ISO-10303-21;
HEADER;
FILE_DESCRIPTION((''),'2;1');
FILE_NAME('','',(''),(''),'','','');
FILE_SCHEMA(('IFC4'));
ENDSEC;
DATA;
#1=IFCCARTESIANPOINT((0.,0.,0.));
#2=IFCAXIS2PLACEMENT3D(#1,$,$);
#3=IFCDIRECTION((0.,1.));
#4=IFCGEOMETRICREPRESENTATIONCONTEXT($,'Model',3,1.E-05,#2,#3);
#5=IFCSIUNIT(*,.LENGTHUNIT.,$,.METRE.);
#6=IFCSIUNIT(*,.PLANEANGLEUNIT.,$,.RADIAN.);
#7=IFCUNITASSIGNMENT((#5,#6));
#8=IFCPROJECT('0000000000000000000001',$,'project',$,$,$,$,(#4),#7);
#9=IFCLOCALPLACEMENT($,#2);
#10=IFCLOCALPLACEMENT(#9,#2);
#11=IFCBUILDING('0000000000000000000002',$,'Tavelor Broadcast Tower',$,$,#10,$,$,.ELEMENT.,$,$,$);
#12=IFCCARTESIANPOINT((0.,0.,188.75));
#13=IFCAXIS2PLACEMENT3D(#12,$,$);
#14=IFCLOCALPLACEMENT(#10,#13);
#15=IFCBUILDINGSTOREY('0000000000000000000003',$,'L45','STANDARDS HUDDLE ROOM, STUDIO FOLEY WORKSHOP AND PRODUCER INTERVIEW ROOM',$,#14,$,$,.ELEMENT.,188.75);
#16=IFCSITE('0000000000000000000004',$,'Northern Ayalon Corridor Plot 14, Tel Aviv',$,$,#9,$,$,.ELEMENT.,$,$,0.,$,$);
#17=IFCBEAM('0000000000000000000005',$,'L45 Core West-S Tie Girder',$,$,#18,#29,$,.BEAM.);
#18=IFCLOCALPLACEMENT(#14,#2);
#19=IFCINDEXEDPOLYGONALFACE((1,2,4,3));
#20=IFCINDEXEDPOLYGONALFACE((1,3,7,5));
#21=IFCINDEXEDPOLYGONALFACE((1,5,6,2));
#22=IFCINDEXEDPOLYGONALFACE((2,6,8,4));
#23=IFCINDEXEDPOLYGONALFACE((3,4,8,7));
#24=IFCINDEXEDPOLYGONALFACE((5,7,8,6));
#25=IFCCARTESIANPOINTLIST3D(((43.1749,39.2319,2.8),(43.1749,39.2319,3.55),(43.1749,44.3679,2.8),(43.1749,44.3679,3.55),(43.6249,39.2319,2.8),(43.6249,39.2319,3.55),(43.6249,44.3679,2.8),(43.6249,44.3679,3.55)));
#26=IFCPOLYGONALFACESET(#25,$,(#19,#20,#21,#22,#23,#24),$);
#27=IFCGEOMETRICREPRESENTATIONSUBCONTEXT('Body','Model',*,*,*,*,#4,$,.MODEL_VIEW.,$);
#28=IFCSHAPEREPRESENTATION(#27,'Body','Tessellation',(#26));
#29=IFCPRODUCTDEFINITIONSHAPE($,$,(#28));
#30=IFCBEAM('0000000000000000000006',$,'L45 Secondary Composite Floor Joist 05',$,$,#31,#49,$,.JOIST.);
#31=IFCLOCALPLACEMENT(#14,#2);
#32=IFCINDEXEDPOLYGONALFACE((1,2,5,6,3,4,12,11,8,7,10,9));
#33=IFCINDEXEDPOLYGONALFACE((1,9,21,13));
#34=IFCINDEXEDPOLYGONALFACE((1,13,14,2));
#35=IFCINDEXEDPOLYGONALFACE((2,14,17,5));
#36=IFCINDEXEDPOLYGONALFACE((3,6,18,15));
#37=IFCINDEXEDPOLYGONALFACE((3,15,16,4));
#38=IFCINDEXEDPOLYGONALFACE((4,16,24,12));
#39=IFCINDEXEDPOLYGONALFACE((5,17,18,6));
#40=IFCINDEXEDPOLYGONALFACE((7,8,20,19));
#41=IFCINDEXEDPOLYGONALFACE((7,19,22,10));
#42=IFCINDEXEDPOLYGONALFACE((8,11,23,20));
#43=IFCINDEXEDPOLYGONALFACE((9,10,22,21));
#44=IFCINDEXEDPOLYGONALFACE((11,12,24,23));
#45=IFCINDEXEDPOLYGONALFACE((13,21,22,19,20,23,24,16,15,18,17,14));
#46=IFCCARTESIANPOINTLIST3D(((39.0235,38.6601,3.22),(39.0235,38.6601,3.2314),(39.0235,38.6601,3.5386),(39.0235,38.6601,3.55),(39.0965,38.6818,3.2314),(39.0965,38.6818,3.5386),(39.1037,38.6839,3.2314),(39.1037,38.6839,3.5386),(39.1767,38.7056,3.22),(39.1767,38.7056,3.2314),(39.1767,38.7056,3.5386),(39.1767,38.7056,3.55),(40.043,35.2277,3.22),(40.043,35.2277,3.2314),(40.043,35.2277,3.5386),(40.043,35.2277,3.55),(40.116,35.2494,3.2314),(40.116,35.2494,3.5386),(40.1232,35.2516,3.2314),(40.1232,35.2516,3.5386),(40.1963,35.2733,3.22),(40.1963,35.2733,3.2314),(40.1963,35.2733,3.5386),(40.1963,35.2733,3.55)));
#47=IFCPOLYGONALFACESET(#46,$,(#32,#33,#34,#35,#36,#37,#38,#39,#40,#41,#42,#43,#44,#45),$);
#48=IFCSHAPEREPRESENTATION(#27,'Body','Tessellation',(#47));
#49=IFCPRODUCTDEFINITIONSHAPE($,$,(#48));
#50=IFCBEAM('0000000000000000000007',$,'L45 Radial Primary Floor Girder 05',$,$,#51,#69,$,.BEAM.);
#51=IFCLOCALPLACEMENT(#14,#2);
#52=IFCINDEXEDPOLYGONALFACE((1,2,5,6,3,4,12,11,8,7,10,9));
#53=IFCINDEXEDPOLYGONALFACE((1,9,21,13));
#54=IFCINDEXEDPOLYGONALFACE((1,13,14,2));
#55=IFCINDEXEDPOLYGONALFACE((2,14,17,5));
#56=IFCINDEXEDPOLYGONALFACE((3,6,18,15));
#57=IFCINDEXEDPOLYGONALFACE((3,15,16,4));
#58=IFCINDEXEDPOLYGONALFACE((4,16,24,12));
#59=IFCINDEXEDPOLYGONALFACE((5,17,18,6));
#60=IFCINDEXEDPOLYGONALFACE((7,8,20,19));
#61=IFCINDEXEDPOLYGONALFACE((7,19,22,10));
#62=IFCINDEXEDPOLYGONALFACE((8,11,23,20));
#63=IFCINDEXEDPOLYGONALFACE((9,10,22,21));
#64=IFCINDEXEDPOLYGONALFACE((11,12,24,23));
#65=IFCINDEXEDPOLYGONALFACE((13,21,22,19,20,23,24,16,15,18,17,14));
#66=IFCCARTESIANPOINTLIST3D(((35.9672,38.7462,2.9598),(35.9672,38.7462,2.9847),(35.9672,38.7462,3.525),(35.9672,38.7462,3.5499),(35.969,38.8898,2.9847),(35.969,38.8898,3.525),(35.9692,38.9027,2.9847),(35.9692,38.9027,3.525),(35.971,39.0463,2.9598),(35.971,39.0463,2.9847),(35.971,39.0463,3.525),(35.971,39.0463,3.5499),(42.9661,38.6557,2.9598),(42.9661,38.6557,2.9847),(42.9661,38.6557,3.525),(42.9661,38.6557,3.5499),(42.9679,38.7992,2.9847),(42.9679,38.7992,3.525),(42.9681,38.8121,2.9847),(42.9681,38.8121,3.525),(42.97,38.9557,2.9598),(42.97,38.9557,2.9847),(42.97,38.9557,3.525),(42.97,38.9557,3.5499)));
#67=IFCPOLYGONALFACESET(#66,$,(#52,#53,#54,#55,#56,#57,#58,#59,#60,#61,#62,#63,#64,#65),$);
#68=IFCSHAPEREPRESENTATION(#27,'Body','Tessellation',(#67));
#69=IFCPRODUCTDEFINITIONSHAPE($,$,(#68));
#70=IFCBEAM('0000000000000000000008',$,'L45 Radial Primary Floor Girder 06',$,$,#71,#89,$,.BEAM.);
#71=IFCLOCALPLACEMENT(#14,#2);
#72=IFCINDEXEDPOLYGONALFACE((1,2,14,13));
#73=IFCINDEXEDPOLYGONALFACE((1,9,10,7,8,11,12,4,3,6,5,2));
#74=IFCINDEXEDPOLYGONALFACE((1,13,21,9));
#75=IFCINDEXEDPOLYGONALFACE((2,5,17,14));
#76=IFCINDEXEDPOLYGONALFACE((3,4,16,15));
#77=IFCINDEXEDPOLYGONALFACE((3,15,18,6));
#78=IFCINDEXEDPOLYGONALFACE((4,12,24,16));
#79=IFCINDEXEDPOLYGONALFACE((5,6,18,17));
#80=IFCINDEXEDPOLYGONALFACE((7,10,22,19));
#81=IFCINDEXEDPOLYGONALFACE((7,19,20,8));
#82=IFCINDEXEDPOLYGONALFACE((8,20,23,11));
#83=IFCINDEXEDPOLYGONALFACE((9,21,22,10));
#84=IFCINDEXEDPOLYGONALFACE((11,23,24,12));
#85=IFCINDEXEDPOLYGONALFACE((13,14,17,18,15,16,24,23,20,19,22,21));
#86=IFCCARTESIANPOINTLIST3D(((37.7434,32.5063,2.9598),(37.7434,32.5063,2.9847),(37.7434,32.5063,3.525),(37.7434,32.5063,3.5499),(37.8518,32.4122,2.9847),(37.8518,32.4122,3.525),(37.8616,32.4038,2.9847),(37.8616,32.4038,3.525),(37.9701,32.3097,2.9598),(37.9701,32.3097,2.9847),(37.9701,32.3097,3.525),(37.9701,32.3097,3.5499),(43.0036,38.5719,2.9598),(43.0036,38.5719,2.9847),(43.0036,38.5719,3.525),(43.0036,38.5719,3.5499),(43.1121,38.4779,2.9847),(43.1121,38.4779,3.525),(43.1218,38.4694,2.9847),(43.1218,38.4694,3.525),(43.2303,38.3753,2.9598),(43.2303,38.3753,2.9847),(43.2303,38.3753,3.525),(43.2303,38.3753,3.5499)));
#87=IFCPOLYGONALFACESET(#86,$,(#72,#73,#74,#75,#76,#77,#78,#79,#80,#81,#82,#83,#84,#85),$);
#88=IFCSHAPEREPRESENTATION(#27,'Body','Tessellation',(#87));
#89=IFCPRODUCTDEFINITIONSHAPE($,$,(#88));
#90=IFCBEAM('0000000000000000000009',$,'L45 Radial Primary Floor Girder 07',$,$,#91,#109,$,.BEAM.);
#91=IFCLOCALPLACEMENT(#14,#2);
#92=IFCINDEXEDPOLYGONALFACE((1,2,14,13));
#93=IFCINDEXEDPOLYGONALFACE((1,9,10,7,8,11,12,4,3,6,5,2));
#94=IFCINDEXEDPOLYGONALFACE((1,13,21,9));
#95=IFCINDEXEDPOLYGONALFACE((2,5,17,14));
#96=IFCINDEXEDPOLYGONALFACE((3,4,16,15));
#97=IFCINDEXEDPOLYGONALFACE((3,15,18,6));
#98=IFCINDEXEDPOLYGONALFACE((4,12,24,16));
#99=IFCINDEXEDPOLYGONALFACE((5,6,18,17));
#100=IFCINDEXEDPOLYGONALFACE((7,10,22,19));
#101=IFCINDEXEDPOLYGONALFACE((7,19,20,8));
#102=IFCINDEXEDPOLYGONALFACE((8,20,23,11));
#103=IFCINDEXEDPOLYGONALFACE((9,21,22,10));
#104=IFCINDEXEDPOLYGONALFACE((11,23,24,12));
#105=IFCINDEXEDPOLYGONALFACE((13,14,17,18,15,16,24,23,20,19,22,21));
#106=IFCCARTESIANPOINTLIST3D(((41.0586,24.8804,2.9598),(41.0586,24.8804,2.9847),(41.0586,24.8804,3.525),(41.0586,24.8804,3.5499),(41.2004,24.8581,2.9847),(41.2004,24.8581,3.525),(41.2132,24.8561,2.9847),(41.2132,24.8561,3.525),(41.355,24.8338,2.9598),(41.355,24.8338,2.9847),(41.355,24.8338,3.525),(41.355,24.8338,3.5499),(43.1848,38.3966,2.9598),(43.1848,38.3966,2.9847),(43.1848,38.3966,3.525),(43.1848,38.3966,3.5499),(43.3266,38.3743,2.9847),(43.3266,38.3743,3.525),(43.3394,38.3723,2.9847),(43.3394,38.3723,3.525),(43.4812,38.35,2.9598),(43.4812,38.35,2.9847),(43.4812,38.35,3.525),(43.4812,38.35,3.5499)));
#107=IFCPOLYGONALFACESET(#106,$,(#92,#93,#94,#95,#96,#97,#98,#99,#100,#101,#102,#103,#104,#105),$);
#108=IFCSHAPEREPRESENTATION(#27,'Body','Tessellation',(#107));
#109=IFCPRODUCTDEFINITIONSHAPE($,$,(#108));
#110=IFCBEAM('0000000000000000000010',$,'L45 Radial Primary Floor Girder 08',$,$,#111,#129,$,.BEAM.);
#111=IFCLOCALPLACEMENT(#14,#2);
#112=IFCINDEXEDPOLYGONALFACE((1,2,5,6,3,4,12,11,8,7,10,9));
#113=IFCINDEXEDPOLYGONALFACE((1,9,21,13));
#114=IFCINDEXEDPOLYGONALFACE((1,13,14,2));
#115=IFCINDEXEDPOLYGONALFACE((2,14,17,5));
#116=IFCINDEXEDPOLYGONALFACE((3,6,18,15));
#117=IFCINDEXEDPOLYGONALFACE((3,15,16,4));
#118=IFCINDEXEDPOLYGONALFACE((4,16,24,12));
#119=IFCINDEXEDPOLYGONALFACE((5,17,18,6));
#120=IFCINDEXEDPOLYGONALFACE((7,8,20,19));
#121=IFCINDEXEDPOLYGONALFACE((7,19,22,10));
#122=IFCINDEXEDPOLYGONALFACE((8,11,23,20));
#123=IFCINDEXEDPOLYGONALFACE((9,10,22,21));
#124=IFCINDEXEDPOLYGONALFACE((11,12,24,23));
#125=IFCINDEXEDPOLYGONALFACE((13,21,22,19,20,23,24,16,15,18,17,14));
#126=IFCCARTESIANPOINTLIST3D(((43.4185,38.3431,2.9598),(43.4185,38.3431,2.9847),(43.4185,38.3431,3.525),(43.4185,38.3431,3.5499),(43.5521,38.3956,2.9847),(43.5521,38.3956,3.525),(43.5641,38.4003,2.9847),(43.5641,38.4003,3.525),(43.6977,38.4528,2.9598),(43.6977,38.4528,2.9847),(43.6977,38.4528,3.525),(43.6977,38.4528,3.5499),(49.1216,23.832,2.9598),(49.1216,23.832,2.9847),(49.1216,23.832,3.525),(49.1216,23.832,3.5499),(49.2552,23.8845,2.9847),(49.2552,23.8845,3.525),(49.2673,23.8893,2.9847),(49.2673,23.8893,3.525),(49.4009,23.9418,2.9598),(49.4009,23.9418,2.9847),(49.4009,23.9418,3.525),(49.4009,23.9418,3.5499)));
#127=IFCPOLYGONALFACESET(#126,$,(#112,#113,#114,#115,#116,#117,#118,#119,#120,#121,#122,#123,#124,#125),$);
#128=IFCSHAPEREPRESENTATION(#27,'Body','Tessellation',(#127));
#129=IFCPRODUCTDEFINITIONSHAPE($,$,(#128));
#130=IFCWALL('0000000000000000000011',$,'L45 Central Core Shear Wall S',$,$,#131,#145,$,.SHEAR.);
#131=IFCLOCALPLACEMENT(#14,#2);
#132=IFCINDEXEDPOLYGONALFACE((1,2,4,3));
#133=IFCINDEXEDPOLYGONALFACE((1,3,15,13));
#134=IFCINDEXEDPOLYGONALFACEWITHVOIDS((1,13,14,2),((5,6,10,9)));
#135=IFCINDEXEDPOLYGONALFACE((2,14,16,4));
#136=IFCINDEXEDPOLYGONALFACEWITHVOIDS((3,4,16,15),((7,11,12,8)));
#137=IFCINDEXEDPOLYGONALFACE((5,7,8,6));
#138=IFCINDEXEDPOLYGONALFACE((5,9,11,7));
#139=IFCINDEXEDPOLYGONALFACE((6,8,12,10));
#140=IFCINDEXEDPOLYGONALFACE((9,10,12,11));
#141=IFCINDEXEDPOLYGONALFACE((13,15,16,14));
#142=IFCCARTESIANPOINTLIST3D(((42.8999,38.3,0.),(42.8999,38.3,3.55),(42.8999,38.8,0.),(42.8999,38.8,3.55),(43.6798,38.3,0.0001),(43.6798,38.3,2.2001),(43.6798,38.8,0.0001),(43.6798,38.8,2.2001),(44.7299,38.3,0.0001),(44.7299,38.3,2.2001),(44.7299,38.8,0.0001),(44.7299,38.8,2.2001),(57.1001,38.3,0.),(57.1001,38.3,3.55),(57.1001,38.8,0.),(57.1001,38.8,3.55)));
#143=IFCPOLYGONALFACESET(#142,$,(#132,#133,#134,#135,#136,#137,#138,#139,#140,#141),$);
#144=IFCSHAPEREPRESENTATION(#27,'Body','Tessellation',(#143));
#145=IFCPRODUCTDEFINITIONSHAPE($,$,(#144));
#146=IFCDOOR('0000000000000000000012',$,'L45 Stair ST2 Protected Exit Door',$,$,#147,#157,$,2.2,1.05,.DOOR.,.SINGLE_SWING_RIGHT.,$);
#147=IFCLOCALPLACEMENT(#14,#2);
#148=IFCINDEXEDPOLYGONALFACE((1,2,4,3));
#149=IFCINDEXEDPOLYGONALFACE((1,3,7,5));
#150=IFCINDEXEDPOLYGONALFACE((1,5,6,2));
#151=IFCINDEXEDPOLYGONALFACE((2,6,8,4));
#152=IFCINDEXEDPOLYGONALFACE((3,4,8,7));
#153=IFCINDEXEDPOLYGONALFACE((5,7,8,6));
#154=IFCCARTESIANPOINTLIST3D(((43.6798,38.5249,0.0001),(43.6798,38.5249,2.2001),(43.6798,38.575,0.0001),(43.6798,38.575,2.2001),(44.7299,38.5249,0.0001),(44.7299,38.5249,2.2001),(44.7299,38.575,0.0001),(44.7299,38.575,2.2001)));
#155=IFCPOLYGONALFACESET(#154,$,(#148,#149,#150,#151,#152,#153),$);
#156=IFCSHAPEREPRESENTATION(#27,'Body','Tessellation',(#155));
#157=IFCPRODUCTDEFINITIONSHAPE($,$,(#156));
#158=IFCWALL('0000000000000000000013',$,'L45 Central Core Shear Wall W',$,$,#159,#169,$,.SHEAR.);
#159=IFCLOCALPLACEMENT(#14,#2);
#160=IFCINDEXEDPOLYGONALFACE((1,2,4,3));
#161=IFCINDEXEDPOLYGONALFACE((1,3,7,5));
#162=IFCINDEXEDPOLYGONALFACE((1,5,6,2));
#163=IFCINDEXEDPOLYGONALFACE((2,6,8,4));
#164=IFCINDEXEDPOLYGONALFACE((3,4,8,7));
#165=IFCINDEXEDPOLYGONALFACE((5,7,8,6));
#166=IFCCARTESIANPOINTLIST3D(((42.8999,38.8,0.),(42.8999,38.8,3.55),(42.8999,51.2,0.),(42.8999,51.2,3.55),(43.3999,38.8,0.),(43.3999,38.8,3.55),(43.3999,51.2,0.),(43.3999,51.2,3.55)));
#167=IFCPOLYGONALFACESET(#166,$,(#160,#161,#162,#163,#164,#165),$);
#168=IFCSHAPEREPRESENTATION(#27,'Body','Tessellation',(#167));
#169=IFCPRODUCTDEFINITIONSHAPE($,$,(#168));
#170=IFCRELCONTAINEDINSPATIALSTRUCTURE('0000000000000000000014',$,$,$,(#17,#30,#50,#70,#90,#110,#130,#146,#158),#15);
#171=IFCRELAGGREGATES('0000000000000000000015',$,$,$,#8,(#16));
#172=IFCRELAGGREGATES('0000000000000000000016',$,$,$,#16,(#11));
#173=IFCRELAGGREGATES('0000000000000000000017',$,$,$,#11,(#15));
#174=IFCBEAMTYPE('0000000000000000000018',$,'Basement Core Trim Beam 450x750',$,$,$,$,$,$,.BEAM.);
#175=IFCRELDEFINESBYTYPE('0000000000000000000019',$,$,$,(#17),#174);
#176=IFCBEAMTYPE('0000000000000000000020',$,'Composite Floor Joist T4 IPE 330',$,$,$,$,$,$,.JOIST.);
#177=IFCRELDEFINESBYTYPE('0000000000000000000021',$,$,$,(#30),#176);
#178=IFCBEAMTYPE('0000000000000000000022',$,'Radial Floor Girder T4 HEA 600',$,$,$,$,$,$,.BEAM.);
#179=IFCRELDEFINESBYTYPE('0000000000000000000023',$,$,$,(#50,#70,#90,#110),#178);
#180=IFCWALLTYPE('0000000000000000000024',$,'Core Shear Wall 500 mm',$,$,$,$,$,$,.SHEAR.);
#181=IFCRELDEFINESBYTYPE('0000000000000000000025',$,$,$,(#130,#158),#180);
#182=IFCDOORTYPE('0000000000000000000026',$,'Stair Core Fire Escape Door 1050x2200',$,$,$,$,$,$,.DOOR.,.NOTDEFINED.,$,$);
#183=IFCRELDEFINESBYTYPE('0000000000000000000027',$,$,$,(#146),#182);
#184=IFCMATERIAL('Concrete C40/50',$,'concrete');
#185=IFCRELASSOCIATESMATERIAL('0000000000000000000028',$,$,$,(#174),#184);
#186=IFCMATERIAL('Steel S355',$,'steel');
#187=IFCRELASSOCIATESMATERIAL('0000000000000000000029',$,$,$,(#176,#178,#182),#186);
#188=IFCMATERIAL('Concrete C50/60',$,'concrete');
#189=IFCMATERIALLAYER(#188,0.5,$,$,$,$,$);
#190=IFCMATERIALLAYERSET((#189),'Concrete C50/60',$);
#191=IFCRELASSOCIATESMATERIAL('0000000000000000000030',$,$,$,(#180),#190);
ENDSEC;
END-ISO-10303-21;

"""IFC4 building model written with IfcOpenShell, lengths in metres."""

from ifc_helpers import new_model, si_unit, direction, frame, frame_2d, origin, origin_2d, place, context, subcontext, project, spatial, rectangle, i_section, extrude, material, layer, layer_set, material_profile, profile_set, type_object, element, fill, save


model = new_model("IFC4")

# Units and contexts
model_context = context("Model", 3, precision=1e-05, world=origin(), true_north=direction((0.0, 1.0)))
body_context = subcontext(model_context, "Body", "Model", "MODEL_VIEW")
ifc_project = project(units=[si_unit("LENGTHUNIT", "METRE"), si_unit("PLANEANGLEUNIT", "RADIAN")], contexts=[model_context])

# Site, building, storey
site_placement = place(None, origin())
site = spatial("IfcSite", under=ifc_project, at=site_placement, Name="Northern Ayalon Corridor Plot 14, Tel Aviv", CompositionType="ELEMENT", RefElevation=0.0)
building_placement = place(site_placement, origin())
building = spatial("IfcBuilding", under=site, at=building_placement, Name="Tavelor Broadcast Tower", CompositionType="ELEMENT")
storey_placement = place(building_placement, frame((0.0, 0.0, 188.75)))
storey = spatial("IfcBuildingStorey", under=building, at=storey_placement, Name="L45", Description="STANDARDS HUDDLE ROOM, STUDIO FOLEY WORKSHOP AND PRODUCER INTERVIEW ROOM", CompositionType="ELEMENT", Elevation=188.75)

# Beams
ifc_material_1 = material(Name="Concrete C40/50", Category="concrete")
ifc_material_profile_1 = material_profile(ifc_material_1, rectangle(XDim=0.45, YDim=0.75, at=origin_2d()), Name="RC 450x750")
ifc_profile_set_1 = profile_set([ifc_material_profile_1], Name="Concrete C40/50")
beam_type_1 = type_object("IfcBeamType", Name="Basement Core Trim Beam 450x750", PredefinedType="BEAM", material=ifc_profile_set_1)
beam_1_placement = place(storey_placement, frame((43.3999, 39.2319, 3.175), z_axis=(0.0, 1.0, 0.0), x_axis=(-1.0, 0.0, 0.0)))
element("IfcBeam", 1, at=beam_1_placement, inside=storey, type_object=beam_type_1, Name="L45 Core West-S Tie Girder", PredefinedType="BEAM", context=body_context, shape_type="SweptSolid", body=[
    extrude(rectangle(XDim=0.45, YDim=0.75, at=origin_2d()), origin(), (0.0, 0.0, 1.0), 5.136),
])
ifc_material_2 = material(Name="Steel S355", Category="steel")
ifc_material_profile_2 = material_profile(ifc_material_2, i_section(OverallWidth=0.1599, OverallDepth=0.3301, WebThickness=0.0076, FlangeThickness=0.0115, at=origin_2d()), Name="IPE 330")
ifc_profile_set_2 = profile_set([ifc_material_profile_2], Name="Steel S355")
beam_type_2 = type_object("IfcBeamType", Name="Composite Floor Joist T4 IPE 330", PredefinedType="JOIST", material=ifc_profile_set_2)
beam_2_placement = place(storey_placement, frame((39.1001, 38.6829, 3.385), z_axis=(0.284738, -0.958605, 0.0), x_axis=(0.958605, 0.284738, 0.0)))
element("IfcBeam", 2, at=beam_2_placement, inside=storey, type_object=beam_type_2, Name="L45 Secondary Composite Floor Joist 05", PredefinedType="JOIST", context=body_context, shape_type="SweptSolid", body=[
    extrude(i_section(OverallWidth=0.1599, OverallDepth=0.3301, WebThickness=0.0076, FlangeThickness=0.0115, at=origin_2d()), origin(), (0.0, 0.0, 1.0), 3.5806),
])
ifc_material_profile_3 = material_profile(ifc_material_2, i_section(OverallWidth=0.3, OverallDepth=0.5901, WebThickness=0.0129, FlangeThickness=0.0249, at=origin_2d()), Name="HEA 600")
ifc_profile_set_3 = profile_set([ifc_material_profile_3], Name="Steel S355")
beam_type_3 = type_object("IfcBeamType", Name="Radial Floor Girder T4 HEA 600", PredefinedType="BEAM", material=ifc_profile_set_3)
beam_3_placement = place(storey_placement, frame((42.968, 38.8057, 3.2549), z_axis=(-0.999916, 0.01294, 0.0), x_axis=(-0.01294, -0.999916, 0.0)))
element("IfcBeam", 3, at=beam_3_placement, inside=storey, type_object=beam_type_3, Name="L45 Radial Primary Floor Girder 05", PredefinedType="BEAM", context=body_context, shape_type="SweptSolid", body=[
    extrude(i_section(OverallWidth=0.3, OverallDepth=0.5901, WebThickness=0.0129, FlangeThickness=0.0249, at=origin_2d()), origin(), (0.0, 0.0, 1.0), 6.9995),
])
beam_4_placement = place(storey_placement, frame((43.1169, 38.4736, 3.2549), z_axis=(-0.655168, -0.755483, 0.0), x_axis=(0.755483, -0.655168, 0.0)))
element("IfcBeam", 4, at=beam_4_placement, inside=storey, type_object=beam_type_3, Name="L45 Radial Primary Floor Girder 06", PredefinedType="BEAM", context=body_context, shape_type="SweptSolid", body=[
    extrude(i_section(OverallWidth=0.3, OverallDepth=0.5901, WebThickness=0.0129, FlangeThickness=0.0249, at=origin_2d()), origin(), (0.0, 0.0, 1.0), 8.0288),
])
beam_5_placement = place(storey_placement, frame((43.333, 38.3733, 3.2549), z_axis=(-0.155399, -0.987852, 0.0), x_axis=(0.987852, -0.155399, 0.0)))
element("IfcBeam", 5, at=beam_5_placement, inside=storey, type_object=beam_type_3, Name="L45 Radial Primary Floor Girder 07", PredefinedType="BEAM", context=body_context, shape_type="SweptSolid", body=[
    extrude(i_section(OverallWidth=0.3, OverallDepth=0.5901, WebThickness=0.0129, FlangeThickness=0.0249, at=origin_2d()), origin(), (0.0, 0.0, 1.0), 13.6824),
])
beam_6_placement = place(storey_placement, frame((43.5581, 38.3979, 3.2549), z_axis=(0.365785, -0.9307, 0.0), x_axis=(0.9307, 0.365785, 0.0)))
element("IfcBeam", 6, at=beam_6_placement, inside=storey, type_object=beam_type_3, Name="L45 Radial Primary Floor Girder 08", PredefinedType="BEAM", context=body_context, shape_type="SweptSolid", body=[
    extrude(i_section(OverallWidth=0.3, OverallDepth=0.5901, WebThickness=0.0129, FlangeThickness=0.0249, at=origin_2d()), origin(), (0.0, 0.0, 1.0), 15.5916),
])

# Wall, opening, door
ifc_material_3 = material(Name="Concrete C50/60", Category="concrete")
ifc_layer_1 = layer(ifc_material_3, 0.5)
ifc_layer_set_1 = layer_set([ifc_layer_1], Name="Concrete C50/60")
wall_type_1 = type_object("IfcWallType", Name="Core Shear Wall 500 mm", PredefinedType="SHEAR", material=ifc_layer_set_1)
wall_1_placement = place(storey_placement, frame((42.8999, 38.55, 0.0), z_axis=(0.0, 0.0, 1.0), x_axis=(1.0, 0.0, 0.0)))
wall_1 = element("IfcWall", 7, at=wall_1_placement, inside=storey, type_object=wall_type_1, Name="L45 Central Core Shear Wall S", PredefinedType="SHEAR", context=body_context, shape_type="SweptSolid", body=[
    extrude(rectangle(XDim=14.2002, YDim=0.5, at=frame_2d((7.1001, 0.0))), origin(), (0.0, 0.0, 1.0), 3.55),
])
opening_1_placement = place(wall_1_placement, frame((0.78, 0.0, 0.0)))
opening_1 = element("IfcOpeningElement", 8, at=opening_1_placement, cuts=wall_1, PredefinedType="OPENING", context=body_context, shape_type="SweptSolid", body=[
    extrude(rectangle(XDim=1.05, YDim=2.2, at=frame_2d((0.5249, 1.1001))), frame((0.0, 0.26, 0.0), z_axis=(0.0, -1.0, 0.0), x_axis=(1.0, 0.0, 0.0)), (0.0, 0.0, 1.0), 0.52),
])
door_type_1 = type_object("IfcDoorType", Name="Stair Core Fire Escape Door 1050x2200", OperationType="NOTDEFINED", PredefinedType="DOOR", material=ifc_material_2)
door_1_placement = place(opening_1_placement, origin())
door_1 = element("IfcDoor", 9, at=door_1_placement, inside=storey, type_object=door_type_1, Name="L45 Stair ST2 Protected Exit Door", OperationType="SINGLE_SWING_RIGHT", OverallHeight=2.2, OverallWidth=1.05, PredefinedType="DOOR", context=body_context, shape_type="SweptSolid", body=[
    extrude(rectangle(XDim=1.05, YDim=2.2, at=frame_2d((0.5249, 1.1001))), frame((0.0, 0.0249, 0.0), z_axis=(0.0, -1.0, 0.0), x_axis=(1.0, 0.0, 0.0)), (0.0, 0.0, 1.0), 0.05),
])
fill(opening_1, door_1)

# Wall
wall_2_placement = place(storey_placement, frame((43.1499, 38.8, 0.0), z_axis=(0.0, 0.0, 1.0), x_axis=(0.0, 1.0, 0.0)))
element("IfcWall", 10, at=wall_2_placement, inside=storey, type_object=wall_type_1, Name="L45 Central Core Shear Wall W", PredefinedType="SHEAR", context=body_context, shape_type="SweptSolid", body=[
    extrude(rectangle(XDim=12.3999, YDim=0.5, at=frame_2d((6.2, 0.0))), origin(), (0.0, 0.0, 1.0), 3.55),
])

save(model, "model.ifc")
